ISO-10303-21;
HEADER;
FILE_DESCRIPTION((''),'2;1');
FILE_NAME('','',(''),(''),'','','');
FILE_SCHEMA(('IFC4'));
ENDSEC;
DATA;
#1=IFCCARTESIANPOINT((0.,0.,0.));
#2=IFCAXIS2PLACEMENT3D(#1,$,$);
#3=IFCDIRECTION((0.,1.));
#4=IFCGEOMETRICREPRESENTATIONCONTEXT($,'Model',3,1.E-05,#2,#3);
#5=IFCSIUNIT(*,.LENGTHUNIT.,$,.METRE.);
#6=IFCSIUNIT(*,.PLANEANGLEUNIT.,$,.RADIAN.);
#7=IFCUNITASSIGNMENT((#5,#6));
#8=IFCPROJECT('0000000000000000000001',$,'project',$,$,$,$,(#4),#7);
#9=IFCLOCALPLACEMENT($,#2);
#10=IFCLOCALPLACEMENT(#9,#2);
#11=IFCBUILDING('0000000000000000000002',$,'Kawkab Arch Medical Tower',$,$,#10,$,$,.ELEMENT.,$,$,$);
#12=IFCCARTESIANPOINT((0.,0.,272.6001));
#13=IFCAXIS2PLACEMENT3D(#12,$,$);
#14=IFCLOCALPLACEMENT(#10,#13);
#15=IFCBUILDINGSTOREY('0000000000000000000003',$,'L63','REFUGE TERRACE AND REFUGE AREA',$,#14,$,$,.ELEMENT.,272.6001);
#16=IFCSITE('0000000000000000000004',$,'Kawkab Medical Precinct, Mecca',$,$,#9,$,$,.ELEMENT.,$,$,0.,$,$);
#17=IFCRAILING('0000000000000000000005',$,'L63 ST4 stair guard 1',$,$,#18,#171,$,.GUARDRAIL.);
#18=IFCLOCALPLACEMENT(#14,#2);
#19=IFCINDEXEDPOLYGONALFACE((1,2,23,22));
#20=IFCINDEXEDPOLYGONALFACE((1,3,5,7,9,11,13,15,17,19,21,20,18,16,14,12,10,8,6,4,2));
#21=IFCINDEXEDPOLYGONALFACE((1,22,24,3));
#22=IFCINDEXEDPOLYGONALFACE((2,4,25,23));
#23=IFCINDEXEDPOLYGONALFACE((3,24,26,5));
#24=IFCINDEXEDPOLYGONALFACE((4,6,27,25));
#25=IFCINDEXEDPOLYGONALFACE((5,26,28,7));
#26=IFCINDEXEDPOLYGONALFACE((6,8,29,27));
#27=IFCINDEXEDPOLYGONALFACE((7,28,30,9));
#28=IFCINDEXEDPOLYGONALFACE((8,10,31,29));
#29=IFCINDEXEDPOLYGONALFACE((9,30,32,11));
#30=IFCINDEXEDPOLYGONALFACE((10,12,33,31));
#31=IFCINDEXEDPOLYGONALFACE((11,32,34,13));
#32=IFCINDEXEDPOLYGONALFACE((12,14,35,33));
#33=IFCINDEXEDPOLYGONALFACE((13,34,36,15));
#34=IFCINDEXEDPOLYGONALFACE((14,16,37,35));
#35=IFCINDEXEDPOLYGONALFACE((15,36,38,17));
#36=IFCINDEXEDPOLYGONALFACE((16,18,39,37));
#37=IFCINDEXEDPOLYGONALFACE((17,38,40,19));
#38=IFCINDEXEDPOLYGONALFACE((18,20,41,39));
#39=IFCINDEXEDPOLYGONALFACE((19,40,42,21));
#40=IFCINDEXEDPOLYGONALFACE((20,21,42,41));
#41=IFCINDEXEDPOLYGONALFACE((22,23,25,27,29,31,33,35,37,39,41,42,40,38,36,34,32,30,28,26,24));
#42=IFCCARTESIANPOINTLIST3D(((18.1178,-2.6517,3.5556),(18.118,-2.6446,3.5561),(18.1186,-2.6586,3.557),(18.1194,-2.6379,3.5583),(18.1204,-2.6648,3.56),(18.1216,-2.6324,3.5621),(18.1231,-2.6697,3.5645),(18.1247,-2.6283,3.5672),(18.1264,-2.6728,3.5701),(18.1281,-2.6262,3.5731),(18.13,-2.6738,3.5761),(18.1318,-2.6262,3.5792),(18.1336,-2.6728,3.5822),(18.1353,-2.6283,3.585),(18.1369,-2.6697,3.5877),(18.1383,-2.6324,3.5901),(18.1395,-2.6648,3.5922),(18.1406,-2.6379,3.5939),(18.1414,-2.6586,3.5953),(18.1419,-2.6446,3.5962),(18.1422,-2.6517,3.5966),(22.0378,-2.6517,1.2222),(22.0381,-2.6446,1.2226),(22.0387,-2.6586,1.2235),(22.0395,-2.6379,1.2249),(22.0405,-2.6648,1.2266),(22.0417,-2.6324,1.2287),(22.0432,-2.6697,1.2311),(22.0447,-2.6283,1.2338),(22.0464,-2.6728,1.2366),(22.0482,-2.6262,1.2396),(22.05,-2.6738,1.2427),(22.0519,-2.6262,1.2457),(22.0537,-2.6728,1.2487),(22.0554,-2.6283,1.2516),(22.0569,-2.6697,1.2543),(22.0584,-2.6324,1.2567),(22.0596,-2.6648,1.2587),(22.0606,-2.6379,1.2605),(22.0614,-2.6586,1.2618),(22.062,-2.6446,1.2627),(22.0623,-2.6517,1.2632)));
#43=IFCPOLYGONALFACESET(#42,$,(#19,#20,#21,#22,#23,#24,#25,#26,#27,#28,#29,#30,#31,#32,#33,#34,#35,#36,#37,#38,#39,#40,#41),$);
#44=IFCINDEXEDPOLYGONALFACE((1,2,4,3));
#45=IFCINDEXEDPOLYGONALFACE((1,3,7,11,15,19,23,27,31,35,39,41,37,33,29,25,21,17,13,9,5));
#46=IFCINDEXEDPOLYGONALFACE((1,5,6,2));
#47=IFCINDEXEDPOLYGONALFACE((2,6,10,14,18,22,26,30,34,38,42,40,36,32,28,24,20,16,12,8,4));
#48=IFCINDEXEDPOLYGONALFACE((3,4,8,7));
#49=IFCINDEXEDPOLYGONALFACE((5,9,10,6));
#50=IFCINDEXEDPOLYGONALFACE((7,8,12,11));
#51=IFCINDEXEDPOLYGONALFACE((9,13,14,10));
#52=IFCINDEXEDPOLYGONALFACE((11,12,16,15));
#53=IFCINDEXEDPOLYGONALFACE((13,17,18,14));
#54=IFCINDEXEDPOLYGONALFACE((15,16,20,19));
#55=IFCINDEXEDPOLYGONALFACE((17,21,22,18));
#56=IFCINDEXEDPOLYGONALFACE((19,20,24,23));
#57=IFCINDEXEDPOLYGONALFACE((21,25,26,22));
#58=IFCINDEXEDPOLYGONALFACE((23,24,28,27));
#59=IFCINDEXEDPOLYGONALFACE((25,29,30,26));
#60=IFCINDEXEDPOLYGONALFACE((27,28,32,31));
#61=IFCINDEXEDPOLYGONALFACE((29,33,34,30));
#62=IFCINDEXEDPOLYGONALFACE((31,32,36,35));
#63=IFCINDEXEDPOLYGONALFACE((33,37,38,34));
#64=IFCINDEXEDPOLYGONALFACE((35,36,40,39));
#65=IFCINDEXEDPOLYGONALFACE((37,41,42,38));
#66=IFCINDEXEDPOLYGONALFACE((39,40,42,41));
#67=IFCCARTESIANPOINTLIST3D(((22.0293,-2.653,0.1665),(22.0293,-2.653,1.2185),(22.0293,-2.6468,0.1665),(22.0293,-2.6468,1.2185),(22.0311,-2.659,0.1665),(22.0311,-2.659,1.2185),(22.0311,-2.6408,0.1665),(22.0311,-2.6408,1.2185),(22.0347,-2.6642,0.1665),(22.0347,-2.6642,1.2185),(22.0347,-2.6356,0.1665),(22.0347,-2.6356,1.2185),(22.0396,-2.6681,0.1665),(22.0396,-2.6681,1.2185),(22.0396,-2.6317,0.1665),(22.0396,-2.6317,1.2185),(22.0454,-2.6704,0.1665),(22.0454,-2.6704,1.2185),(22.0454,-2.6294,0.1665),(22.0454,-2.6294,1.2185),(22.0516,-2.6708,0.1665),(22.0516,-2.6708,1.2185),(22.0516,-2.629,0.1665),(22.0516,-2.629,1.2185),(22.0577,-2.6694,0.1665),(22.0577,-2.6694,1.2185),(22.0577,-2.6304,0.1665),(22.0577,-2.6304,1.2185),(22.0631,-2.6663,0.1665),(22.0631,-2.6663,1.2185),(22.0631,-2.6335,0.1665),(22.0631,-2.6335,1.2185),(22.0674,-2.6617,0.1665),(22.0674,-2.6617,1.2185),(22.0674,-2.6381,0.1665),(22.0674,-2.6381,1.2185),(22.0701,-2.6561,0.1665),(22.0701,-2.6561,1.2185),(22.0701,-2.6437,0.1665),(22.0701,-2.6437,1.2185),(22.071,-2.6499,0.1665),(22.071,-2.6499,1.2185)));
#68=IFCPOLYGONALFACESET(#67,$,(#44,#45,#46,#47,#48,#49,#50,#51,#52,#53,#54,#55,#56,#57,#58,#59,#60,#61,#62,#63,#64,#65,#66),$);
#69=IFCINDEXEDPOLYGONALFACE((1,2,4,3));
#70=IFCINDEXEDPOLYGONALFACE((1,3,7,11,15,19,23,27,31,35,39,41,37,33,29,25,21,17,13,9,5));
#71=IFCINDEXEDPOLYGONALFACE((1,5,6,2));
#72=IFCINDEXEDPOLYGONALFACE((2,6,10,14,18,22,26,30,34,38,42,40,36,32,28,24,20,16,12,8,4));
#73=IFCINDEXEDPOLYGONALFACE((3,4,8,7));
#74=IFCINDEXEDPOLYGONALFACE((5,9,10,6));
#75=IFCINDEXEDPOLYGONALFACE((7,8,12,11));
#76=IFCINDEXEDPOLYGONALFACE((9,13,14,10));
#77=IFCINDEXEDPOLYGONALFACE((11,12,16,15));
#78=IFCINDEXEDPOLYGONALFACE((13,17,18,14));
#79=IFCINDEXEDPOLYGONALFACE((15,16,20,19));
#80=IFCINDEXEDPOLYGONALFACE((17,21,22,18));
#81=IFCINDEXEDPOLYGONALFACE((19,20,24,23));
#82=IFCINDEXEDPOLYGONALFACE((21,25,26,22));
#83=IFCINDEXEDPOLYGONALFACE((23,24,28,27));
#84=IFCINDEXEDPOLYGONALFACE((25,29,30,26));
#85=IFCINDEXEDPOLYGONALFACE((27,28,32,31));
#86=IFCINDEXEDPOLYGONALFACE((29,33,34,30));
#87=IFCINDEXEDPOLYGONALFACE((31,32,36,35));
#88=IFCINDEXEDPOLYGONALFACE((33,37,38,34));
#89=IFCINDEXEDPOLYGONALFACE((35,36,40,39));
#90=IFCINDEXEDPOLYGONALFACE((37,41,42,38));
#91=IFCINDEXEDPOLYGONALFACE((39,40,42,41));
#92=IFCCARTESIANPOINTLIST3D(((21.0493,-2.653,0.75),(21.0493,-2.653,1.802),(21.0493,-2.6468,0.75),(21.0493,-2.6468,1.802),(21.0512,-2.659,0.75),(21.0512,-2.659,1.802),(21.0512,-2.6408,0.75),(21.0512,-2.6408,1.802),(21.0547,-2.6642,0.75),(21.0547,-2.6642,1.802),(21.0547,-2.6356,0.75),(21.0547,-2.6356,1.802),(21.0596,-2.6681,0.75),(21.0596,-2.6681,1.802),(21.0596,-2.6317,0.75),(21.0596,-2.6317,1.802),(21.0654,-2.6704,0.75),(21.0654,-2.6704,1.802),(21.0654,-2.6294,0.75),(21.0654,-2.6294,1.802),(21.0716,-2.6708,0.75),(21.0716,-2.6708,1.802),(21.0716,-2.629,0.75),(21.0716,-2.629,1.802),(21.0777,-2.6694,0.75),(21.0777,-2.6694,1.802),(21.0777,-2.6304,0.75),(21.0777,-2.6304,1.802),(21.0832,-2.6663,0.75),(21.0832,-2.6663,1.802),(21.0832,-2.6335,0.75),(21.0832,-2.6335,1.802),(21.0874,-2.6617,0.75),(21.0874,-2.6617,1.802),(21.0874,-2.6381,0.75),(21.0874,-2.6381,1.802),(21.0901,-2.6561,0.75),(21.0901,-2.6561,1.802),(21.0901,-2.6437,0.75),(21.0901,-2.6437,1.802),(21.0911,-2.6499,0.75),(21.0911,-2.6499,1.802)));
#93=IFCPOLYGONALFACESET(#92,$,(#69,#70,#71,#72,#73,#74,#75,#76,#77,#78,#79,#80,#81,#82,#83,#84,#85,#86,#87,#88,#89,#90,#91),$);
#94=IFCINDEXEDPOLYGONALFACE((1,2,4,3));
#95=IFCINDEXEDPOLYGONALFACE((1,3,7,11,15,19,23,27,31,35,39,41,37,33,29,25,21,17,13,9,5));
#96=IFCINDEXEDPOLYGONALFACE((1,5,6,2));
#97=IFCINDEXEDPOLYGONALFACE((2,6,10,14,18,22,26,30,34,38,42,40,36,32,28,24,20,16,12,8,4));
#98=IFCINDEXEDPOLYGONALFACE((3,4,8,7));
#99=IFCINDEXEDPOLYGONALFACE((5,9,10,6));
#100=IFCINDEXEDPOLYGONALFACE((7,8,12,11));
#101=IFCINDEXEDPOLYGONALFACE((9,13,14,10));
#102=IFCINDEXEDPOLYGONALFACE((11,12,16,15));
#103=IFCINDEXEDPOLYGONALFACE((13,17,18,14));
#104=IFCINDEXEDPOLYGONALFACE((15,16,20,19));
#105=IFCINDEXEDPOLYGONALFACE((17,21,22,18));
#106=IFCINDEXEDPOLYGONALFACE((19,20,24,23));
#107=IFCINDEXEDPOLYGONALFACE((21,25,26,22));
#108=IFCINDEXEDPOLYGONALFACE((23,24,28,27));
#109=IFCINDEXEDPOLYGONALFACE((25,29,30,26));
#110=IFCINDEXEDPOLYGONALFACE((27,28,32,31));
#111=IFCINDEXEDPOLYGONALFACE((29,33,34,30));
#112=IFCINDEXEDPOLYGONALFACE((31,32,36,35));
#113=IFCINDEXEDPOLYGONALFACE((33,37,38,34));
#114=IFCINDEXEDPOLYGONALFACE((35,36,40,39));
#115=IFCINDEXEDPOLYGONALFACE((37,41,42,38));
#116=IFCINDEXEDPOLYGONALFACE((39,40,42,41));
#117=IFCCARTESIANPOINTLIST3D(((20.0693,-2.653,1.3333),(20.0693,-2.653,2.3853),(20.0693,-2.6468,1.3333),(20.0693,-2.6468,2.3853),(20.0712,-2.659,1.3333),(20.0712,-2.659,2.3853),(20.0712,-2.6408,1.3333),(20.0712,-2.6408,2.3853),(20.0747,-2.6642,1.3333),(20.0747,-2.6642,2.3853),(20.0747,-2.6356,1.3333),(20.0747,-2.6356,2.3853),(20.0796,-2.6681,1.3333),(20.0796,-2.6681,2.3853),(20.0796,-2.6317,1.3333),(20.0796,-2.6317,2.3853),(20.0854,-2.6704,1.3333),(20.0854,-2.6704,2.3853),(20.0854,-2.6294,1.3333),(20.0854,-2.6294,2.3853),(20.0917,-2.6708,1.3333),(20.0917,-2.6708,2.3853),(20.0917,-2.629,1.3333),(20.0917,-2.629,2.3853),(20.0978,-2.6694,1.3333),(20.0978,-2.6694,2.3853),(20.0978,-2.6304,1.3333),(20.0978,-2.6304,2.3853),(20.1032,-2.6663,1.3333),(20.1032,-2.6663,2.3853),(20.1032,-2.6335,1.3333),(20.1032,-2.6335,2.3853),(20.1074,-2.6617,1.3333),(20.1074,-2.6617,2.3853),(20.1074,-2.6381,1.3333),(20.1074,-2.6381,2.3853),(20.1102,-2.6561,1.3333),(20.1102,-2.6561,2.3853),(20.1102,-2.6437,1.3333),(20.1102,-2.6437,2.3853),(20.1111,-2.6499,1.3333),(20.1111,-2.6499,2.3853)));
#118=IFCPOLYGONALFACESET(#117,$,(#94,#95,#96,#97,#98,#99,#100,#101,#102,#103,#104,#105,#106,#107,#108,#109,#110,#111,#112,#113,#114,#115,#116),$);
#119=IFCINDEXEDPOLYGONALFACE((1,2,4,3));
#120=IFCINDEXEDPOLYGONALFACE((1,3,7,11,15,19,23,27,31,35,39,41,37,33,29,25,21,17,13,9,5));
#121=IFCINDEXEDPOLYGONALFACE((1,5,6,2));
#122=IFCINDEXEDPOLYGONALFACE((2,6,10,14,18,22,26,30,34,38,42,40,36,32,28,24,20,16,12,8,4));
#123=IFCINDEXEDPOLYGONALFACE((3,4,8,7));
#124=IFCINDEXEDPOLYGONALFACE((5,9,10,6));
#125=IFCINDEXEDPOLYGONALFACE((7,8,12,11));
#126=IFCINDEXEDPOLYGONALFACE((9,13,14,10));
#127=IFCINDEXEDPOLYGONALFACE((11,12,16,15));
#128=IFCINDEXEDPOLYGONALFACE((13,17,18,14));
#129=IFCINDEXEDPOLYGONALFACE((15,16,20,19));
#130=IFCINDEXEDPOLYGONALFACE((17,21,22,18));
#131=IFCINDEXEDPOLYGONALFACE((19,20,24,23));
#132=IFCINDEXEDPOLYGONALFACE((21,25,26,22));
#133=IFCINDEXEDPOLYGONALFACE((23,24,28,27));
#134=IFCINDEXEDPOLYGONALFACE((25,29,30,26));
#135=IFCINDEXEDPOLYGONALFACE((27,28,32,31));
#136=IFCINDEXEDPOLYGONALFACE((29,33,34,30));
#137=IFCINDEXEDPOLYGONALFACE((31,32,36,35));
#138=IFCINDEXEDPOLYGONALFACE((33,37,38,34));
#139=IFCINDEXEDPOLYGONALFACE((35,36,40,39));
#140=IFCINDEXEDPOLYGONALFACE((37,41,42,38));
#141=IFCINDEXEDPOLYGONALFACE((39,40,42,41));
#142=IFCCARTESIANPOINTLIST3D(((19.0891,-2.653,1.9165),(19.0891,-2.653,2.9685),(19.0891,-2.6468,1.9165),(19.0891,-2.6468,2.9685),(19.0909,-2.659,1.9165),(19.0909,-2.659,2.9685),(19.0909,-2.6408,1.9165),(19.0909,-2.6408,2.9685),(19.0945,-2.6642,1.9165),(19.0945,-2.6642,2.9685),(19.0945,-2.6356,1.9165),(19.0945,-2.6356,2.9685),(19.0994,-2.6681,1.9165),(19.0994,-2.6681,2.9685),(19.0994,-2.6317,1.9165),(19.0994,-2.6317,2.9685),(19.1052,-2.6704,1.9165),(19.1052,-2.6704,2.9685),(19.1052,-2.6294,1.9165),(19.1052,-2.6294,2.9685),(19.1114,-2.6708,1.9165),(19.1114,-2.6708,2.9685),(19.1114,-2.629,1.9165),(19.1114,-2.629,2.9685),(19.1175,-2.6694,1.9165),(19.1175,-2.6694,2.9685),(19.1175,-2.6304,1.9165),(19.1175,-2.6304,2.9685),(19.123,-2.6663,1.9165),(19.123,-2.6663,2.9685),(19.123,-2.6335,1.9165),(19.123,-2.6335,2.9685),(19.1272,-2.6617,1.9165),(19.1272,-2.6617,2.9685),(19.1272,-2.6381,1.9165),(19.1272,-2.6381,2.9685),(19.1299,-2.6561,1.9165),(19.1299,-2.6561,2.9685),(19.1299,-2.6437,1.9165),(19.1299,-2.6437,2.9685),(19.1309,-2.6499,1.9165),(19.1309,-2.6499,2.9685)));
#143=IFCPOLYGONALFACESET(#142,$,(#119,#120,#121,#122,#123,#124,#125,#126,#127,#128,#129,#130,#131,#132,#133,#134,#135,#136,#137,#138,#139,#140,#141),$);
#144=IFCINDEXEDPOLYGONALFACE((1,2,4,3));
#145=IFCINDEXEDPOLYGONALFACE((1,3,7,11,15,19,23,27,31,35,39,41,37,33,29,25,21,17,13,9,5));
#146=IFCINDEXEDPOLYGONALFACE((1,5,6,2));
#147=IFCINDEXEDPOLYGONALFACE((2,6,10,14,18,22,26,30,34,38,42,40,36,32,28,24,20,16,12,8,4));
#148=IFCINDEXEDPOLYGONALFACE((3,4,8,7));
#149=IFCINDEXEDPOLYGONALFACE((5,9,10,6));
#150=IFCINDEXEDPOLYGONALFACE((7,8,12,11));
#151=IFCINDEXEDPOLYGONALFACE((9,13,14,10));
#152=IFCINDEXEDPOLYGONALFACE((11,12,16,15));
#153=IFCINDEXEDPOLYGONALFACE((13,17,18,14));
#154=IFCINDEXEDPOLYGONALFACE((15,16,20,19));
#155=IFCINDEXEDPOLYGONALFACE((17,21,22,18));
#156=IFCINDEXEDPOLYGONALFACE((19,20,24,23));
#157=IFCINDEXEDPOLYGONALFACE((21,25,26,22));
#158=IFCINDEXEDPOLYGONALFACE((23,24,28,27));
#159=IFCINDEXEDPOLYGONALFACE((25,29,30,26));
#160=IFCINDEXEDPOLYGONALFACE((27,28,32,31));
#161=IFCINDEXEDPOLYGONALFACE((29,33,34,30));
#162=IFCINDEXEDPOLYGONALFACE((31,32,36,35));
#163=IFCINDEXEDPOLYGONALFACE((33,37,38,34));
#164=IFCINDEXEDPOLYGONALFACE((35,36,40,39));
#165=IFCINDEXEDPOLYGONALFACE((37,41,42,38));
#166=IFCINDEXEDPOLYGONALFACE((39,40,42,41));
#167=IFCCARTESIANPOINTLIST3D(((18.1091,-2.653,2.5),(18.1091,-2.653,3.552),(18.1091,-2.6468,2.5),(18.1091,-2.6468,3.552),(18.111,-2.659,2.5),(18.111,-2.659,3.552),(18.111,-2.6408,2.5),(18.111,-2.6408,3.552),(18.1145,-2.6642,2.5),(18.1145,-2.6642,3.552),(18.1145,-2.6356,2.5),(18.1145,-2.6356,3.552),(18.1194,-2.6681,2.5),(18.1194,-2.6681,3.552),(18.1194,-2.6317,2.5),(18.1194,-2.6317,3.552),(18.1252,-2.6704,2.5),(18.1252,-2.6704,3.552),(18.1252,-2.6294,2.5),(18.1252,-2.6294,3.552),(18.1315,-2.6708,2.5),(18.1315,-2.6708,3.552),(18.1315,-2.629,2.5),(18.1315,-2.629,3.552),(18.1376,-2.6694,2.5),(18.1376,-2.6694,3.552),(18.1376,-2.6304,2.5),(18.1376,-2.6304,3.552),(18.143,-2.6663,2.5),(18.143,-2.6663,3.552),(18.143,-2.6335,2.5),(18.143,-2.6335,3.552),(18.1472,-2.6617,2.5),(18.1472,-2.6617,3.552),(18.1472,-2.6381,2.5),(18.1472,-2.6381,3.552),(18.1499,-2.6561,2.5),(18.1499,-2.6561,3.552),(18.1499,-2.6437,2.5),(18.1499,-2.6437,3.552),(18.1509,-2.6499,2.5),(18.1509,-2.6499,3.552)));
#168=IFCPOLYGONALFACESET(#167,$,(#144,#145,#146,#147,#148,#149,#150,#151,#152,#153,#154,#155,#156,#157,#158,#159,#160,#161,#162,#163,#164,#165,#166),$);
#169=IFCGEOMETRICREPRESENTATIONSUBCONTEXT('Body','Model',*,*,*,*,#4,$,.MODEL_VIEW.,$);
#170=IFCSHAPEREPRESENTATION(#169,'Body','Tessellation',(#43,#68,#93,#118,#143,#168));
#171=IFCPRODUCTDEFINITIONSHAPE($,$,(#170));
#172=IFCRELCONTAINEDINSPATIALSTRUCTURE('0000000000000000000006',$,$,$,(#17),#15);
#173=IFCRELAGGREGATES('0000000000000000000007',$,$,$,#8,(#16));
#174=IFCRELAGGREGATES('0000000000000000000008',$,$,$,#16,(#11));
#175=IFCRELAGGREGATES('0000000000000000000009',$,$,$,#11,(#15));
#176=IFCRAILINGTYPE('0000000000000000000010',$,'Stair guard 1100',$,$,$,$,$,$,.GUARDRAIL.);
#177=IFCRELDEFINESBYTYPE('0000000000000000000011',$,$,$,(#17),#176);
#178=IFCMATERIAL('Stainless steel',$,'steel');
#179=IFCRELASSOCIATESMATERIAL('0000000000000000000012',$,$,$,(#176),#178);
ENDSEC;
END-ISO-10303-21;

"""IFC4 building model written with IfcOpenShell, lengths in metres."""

from ifc_helpers import new_model, si_unit, direction, frame, origin, origin_2d, place, context, subcontext, project, spatial, circle, extrude, material, type_object, element, save


model = new_model("IFC4")

# Units and contexts
model_context = context("Model", 3, precision=1e-05, world=origin(), true_north=direction((0.0, 1.0)))
body_context = subcontext(model_context, "Body", "Model", "MODEL_VIEW")
ifc_project = project(units=[si_unit("LENGTHUNIT", "METRE"), si_unit("PLANEANGLEUNIT", "RADIAN")], contexts=[model_context])

# Site, building, storey
site_placement = place(None, origin())
site = spatial("IfcSite", under=ifc_project, at=site_placement, Name="Kawkab Medical Precinct, Mecca", CompositionType="ELEMENT", RefElevation=0.0)
building_placement = place(site_placement, origin())
building = spatial("IfcBuilding", under=site, at=building_placement, Name="Kawkab Arch Medical Tower", CompositionType="ELEMENT")
storey_placement = place(building_placement, frame((0.0, 0.0, 272.6001)))
storey = spatial("IfcBuildingStorey", under=building, at=storey_placement, Name="L63", Description="REFUGE TERRACE AND REFUGE AREA", CompositionType="ELEMENT", Elevation=272.6001)

# Railing
ifc_material_1 = material(Name="Stainless steel", Category="steel")
railing_type_1 = type_object("IfcRailingType", Name="Stair guard 1100", PredefinedType="GUARDRAIL", material=ifc_material_1)
railing_1_placement = place(storey_placement, frame((22.05, -2.6499, 0.1665)))
element("IfcRailing", 1, at=railing_1_placement, inside=storey, type_object=railing_type_1, Name="L63 ST4 stair guard 1", PredefinedType="GUARDRAIL", context=body_context, shape_type="SweptSolid", body=[
    extrude(circle(Radius=0.0239, at=origin_2d()), frame((0.0, 0.0, 1.0762), z_axis=(-0.859287, 0.0, 0.511494), x_axis=(0.0, -1.0, 0.0)), (0.0, 0.0, 1.0), 4.562),
    extrude(circle(Radius=0.021, at=origin_2d()), origin(), (0.0, 0.0, 1.0), 1.052),
    extrude(circle(Radius=0.021, at=origin_2d()), frame((-0.98, 0.0, 0.5835)), (0.0, 0.0, 1.0), 1.052),
    extrude(circle(Radius=0.021, at=origin_2d()), frame((-1.96, 0.0, 1.1667)), (0.0, 0.0, 1.0), 1.052),
    extrude(circle(Radius=0.021, at=origin_2d()), frame((-2.9402, 0.0, 1.75)), (0.0, 0.0, 1.0), 1.052),
    extrude(circle(Radius=0.021, at=origin_2d()), frame((-3.9202, 0.0, 2.3335)), (0.0, 0.0, 1.0), 1.052),
])

save(model, "model.ifc")
